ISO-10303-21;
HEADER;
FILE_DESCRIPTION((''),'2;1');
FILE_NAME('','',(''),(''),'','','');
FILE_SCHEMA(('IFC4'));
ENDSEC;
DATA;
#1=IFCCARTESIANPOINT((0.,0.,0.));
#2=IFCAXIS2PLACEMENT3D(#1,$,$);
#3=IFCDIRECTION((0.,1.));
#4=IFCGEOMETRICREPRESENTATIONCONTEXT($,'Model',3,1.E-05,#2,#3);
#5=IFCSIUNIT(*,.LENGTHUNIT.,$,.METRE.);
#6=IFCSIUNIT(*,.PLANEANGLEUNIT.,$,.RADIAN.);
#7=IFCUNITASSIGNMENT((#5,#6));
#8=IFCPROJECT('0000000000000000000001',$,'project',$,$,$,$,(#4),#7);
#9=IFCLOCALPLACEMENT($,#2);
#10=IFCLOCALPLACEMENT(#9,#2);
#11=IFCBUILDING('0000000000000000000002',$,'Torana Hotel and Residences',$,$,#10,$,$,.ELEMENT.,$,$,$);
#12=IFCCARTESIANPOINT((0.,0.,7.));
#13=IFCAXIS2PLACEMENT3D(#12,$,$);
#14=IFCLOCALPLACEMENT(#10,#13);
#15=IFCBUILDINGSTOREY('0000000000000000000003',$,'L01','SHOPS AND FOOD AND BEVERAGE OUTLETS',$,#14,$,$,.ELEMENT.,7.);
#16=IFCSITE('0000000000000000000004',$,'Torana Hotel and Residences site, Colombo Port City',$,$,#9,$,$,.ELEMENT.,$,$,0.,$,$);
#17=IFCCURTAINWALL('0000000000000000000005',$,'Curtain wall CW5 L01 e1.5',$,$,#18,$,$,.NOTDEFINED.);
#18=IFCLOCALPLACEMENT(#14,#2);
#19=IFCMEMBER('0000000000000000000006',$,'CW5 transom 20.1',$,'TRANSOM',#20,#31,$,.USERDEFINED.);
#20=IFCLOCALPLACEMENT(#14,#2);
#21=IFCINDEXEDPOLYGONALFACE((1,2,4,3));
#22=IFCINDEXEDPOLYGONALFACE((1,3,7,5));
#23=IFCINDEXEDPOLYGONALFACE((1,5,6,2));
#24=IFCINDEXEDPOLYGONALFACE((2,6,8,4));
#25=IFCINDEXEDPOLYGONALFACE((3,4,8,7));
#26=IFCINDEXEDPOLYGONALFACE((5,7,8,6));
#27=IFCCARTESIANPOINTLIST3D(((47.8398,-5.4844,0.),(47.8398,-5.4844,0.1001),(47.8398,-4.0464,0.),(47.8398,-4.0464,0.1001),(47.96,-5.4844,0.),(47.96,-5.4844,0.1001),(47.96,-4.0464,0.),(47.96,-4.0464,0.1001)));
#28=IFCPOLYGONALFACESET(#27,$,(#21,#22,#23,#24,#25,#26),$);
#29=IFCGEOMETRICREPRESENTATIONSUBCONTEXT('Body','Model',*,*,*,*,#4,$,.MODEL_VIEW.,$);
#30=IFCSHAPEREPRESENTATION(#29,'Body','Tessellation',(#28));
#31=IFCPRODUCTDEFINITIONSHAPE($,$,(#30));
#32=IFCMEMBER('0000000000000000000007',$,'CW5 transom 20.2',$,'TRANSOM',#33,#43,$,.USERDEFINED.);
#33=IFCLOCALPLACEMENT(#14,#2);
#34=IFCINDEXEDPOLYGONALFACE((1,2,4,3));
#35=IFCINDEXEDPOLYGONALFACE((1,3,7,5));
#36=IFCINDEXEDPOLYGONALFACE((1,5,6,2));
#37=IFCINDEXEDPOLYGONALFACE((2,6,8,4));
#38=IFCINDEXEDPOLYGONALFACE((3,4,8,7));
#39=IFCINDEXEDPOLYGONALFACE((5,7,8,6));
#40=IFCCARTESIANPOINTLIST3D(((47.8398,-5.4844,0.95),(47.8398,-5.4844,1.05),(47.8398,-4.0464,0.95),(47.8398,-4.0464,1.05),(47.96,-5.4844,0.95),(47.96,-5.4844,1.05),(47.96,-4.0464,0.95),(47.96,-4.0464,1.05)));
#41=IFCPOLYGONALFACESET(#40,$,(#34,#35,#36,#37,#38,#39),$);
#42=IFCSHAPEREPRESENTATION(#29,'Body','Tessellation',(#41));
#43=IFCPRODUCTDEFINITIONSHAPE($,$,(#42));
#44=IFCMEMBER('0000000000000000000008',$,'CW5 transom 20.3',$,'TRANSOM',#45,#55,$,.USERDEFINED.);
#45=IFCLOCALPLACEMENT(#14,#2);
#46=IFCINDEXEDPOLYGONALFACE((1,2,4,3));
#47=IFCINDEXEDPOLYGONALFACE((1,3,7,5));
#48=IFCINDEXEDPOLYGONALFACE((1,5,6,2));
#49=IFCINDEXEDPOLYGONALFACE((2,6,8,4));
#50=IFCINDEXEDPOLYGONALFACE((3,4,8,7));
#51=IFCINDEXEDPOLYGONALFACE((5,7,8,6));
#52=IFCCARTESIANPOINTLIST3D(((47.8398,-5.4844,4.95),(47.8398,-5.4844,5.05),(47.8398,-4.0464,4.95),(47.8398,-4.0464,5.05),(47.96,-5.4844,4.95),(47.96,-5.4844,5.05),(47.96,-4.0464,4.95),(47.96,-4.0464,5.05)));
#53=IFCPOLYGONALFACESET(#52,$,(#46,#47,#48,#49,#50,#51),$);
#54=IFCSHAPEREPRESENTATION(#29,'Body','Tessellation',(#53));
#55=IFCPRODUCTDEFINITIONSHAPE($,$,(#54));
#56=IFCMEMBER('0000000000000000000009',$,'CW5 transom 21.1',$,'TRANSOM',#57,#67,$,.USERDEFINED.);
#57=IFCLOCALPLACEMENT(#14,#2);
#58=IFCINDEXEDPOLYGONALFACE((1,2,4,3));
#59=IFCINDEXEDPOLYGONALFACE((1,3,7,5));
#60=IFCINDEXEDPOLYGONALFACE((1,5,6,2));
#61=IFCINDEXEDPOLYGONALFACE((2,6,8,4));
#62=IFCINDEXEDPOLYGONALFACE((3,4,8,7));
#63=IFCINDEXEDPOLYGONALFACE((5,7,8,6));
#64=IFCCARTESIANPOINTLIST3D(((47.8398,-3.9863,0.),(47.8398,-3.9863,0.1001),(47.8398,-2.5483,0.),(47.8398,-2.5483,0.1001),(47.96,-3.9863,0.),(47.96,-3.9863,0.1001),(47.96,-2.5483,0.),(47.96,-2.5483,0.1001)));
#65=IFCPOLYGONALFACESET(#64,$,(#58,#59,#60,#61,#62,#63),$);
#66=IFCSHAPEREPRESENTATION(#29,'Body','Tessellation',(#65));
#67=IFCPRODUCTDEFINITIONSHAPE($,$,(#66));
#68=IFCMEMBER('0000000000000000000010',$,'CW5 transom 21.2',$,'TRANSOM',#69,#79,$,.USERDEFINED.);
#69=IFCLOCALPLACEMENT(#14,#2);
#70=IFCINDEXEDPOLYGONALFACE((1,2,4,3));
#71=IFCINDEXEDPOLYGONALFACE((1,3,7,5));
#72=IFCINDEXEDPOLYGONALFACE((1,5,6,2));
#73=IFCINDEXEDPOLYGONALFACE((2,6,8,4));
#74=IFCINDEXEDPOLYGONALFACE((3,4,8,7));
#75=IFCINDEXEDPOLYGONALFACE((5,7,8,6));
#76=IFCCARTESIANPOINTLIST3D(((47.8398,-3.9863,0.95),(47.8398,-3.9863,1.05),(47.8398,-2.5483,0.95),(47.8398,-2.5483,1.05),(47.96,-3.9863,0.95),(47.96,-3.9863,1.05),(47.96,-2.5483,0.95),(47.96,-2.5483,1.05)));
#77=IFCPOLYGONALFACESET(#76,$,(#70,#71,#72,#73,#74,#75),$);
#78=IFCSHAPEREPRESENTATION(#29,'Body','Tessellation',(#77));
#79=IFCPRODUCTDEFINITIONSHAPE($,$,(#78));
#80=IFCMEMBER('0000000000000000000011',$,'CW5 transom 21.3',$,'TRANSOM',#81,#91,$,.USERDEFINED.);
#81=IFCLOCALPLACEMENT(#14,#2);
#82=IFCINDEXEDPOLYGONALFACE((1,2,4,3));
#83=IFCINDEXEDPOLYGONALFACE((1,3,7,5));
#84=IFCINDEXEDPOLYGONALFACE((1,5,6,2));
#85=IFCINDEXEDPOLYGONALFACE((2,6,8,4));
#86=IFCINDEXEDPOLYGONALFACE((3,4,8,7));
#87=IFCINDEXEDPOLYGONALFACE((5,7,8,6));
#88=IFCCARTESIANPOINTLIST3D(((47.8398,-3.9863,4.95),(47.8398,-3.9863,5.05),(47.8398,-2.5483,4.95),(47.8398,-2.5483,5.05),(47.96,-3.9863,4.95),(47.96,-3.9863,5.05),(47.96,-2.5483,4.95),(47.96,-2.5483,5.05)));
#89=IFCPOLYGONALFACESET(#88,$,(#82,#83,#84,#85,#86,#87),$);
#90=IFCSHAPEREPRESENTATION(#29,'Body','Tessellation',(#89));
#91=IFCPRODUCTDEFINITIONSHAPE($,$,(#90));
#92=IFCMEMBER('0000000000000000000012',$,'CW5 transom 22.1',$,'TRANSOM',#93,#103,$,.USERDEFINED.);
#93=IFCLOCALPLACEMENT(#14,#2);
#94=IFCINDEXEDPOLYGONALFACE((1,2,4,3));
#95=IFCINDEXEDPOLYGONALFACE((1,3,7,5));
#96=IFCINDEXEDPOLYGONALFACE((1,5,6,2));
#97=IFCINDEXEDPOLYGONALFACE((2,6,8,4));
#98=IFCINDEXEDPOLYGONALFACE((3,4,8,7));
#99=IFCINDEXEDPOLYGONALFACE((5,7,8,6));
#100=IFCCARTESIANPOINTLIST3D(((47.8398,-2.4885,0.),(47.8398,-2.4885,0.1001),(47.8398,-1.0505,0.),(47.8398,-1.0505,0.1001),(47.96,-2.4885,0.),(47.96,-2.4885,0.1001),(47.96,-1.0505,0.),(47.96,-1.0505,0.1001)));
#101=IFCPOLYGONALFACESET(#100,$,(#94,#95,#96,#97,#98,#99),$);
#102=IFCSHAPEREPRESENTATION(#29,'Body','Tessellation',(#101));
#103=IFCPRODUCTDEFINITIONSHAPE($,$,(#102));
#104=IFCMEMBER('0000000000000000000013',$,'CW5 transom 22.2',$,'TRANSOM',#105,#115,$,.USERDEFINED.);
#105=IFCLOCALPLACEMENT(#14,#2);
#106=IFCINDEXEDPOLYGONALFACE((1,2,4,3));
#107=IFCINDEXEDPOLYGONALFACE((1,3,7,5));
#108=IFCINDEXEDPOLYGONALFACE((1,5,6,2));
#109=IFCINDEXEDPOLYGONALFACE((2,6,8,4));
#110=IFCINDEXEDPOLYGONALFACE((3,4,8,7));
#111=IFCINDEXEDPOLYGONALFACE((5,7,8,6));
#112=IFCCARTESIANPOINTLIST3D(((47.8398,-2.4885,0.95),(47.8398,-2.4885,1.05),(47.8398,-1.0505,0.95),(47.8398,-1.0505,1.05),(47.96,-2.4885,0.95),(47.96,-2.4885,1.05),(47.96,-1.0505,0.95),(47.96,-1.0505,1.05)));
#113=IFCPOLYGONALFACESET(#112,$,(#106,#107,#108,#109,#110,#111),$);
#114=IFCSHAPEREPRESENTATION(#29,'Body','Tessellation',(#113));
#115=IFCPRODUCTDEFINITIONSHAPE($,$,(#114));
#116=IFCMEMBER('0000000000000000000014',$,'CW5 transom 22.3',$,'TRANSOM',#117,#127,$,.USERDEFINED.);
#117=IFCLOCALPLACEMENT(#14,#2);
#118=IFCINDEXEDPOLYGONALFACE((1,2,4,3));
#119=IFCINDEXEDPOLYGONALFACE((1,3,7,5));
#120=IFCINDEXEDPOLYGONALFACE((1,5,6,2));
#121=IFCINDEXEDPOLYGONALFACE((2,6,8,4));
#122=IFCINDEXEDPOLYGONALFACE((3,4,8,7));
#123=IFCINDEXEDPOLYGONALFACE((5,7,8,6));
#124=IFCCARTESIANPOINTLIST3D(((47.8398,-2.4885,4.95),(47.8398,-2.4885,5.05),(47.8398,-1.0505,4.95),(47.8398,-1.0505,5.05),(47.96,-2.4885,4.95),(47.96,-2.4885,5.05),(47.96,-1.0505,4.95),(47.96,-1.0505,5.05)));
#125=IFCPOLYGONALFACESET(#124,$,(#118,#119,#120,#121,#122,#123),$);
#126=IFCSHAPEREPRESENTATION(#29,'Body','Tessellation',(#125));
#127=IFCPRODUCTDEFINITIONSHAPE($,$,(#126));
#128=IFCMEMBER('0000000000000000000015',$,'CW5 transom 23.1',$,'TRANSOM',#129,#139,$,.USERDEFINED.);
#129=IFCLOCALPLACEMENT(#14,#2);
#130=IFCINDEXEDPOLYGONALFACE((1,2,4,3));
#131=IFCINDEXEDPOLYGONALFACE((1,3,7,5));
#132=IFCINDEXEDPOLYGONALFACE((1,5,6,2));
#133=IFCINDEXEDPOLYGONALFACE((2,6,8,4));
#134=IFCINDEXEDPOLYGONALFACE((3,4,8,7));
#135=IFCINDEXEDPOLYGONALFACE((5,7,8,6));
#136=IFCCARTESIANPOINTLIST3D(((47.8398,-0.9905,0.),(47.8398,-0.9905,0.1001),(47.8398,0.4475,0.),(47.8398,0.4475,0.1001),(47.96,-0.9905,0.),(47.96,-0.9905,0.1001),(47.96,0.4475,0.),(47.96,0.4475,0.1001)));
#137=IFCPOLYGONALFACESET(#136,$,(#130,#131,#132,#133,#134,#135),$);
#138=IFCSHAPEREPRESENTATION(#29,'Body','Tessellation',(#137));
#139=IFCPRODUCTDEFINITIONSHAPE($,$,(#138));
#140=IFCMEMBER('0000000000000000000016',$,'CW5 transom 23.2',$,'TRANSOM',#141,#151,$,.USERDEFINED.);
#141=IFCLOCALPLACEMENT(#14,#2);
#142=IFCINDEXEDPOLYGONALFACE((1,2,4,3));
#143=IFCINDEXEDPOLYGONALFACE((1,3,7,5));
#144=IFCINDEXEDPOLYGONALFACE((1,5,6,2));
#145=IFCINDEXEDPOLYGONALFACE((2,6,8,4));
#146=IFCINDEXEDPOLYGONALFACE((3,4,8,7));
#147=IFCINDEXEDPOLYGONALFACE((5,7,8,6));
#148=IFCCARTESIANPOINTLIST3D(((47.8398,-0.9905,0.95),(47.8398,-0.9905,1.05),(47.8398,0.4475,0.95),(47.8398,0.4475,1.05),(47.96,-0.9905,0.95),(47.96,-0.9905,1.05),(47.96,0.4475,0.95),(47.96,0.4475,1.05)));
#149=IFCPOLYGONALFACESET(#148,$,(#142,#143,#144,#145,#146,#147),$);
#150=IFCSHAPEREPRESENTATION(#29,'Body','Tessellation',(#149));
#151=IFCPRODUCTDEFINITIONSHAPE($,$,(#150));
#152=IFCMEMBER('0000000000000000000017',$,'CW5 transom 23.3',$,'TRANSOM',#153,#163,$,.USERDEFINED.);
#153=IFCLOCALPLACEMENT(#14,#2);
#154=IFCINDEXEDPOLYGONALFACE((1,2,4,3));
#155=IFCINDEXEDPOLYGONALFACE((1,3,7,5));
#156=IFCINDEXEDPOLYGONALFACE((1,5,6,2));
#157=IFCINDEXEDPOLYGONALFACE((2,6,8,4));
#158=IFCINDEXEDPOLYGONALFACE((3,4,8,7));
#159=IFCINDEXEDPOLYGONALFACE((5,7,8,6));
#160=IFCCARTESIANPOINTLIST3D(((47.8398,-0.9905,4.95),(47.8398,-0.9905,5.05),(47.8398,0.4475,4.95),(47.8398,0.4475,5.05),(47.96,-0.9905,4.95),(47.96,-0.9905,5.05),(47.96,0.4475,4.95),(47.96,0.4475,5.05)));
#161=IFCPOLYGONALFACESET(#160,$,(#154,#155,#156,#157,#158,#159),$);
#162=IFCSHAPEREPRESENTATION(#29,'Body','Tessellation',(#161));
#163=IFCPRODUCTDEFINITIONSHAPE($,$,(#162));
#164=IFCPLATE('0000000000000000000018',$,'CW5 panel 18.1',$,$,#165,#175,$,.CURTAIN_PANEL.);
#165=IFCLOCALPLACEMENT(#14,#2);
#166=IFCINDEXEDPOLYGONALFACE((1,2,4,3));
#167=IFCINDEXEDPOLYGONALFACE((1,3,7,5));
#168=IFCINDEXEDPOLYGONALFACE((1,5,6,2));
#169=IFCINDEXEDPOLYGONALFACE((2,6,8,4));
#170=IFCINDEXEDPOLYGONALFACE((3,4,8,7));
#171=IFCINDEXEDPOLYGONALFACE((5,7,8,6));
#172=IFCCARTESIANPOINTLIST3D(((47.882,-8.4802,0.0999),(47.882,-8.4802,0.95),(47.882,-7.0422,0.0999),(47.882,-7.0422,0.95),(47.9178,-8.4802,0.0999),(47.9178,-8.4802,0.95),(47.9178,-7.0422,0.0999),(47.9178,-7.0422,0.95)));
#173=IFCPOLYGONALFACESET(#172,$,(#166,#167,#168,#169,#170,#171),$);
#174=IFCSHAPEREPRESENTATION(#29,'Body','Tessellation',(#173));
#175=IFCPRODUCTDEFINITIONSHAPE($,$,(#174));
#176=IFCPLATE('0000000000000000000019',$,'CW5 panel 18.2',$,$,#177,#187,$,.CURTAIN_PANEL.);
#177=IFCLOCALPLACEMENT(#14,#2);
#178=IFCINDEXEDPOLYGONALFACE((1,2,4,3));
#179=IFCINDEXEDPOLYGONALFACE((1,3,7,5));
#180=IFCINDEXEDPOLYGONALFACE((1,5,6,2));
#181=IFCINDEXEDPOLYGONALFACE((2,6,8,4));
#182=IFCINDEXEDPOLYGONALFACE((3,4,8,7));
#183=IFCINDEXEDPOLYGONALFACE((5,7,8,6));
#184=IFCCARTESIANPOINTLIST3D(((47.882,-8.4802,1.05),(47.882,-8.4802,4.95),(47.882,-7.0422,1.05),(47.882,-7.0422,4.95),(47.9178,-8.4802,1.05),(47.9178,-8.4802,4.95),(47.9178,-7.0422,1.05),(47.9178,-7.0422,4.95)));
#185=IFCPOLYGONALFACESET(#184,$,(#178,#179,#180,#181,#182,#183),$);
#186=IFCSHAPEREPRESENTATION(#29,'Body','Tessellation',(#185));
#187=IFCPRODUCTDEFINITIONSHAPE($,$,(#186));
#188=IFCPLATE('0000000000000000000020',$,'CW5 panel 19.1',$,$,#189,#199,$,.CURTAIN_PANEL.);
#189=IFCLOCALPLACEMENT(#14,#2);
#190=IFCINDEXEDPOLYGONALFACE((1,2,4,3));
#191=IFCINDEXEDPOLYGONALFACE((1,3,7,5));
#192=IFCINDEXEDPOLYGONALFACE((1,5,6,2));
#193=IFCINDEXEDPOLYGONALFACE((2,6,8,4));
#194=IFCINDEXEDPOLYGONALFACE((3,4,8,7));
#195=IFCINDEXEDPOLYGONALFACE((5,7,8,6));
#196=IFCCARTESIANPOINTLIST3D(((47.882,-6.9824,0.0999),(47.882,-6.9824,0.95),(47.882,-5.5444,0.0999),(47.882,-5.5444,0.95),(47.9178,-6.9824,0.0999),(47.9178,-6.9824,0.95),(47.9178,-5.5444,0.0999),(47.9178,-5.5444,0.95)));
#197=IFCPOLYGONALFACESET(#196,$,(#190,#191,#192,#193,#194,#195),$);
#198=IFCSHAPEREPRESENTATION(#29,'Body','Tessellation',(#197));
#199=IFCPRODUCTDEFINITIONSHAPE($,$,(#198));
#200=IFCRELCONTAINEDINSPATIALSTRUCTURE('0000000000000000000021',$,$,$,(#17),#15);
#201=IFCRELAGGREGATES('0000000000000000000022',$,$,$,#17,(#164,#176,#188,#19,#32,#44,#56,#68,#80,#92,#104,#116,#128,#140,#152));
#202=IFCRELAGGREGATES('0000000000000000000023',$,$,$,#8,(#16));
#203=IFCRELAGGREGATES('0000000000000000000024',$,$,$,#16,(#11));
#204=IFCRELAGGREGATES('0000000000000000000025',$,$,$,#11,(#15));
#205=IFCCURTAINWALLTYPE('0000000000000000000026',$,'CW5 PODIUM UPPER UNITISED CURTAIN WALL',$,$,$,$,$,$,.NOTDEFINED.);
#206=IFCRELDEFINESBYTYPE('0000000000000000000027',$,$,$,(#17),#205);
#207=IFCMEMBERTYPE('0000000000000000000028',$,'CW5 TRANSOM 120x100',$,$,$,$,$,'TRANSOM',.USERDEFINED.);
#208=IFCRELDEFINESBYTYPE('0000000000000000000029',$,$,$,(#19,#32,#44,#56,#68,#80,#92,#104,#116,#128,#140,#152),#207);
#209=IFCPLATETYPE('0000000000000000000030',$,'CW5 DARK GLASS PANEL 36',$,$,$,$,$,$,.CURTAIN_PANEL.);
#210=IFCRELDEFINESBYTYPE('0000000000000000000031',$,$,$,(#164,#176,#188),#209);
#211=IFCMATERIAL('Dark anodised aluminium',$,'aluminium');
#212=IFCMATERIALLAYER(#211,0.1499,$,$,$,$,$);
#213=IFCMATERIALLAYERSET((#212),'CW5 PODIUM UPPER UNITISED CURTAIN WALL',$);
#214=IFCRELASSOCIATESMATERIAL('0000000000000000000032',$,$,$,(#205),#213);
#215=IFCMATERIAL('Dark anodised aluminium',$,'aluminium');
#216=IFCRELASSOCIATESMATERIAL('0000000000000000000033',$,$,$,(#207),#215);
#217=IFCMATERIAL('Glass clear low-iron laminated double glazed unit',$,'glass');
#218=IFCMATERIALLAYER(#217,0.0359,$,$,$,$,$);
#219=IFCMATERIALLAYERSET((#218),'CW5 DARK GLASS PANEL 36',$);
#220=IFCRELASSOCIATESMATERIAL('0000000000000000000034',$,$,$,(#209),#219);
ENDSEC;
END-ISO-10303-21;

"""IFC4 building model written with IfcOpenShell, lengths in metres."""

from ifc_helpers import new_model, si_unit, direction, frame, origin, origin_2d, place, context, subcontext, project, spatial, rectangle, extrude, material, layer, layer_set, material_profile, profile_set, type_object, element, aggregate, save


model = new_model("IFC4")

# Units and contexts
model_context = context("Model", 3, precision=1e-05, world=origin(), true_north=direction((0.0, 1.0)))
body_context = subcontext(model_context, "Body", "Model", "MODEL_VIEW")
ifc_project = project(units=[si_unit("LENGTHUNIT", "METRE"), si_unit("PLANEANGLEUNIT", "RADIAN")], contexts=[model_context])

# Site, building, storey
site_placement = place(None, origin())
site = spatial("IfcSite", under=ifc_project, at=site_placement, Name="Torana Hotel and Residences site, Colombo Port City", CompositionType="ELEMENT", RefElevation=0.0)
building_placement = place(site_placement, origin())
building = spatial("IfcBuilding", under=site, at=building_placement, Name="Torana Hotel and Residences", CompositionType="ELEMENT")
storey_placement = place(building_placement, frame((0.0, 0.0, 7.0)))
storey = spatial("IfcBuildingStorey", under=building, at=storey_placement, Name="L01", Description="SHOPS AND FOOD AND BEVERAGE OUTLETS", CompositionType="ELEMENT", Elevation=7.0)

# Curtain wall, members, plates
ifc_material_1 = material(Name="Dark anodised aluminium", Category="aluminium")
ifc_layer_1 = layer(ifc_material_1, 0.1499)
ifc_layer_set_1 = layer_set([ifc_layer_1], Name="CW5 PODIUM UPPER UNITISED CURTAIN WALL")
curtain_wall_type = type_object("IfcCurtainWallType", Name="CW5 PODIUM UPPER UNITISED CURTAIN WALL", PredefinedType="NOTDEFINED", material=ifc_layer_set_1)
curtain_wall_placement = place(storey_placement, origin())
curtain_wall = element("IfcCurtainWall", 1, at=curtain_wall_placement, inside=storey, type_object=curtain_wall_type, Name="Curtain wall CW5 L01 e1.5", PredefinedType="NOTDEFINED")
ifc_material_2 = material(Name="Dark anodised aluminium", Category="aluminium")
ifc_material_profile_1 = material_profile(ifc_material_2, rectangle(XDim=0.1201, YDim=0.1001, at=origin_2d()), Name="CW5 TRANSOM 120x100")
ifc_profile_set_1 = profile_set([ifc_material_profile_1], Name="Dark anodised aluminium")
member_type_1 = type_object("IfcMemberType", Name="CW5 TRANSOM 120x100", ElementType="TRANSOM", PredefinedType="USERDEFINED", material=ifc_profile_set_1)
member_1_placement = place(storey_placement, frame((47.8999, -5.4844, 0.05), z_axis=(0.0, 1.0, 0.0), x_axis=(-1.0, 0.0, 0.0)))
member_1 = element("IfcMember", 2, at=member_1_placement, type_object=member_type_1, Name="CW5 transom 20.1", ObjectType="TRANSOM", PredefinedType="USERDEFINED", context=body_context, shape_type="SweptSolid", body=[
    extrude(rectangle(XDim=0.1201, YDim=0.1001, at=origin_2d()), origin(), (0.0, 0.0, 1.0), 1.438),
])
member_2_placement = place(storey_placement, frame((47.8999, -5.4844, 1.0), z_axis=(0.0, 1.0, 0.0), x_axis=(-1.0, 0.0, 0.0)))
member_2 = element("IfcMember", 3, at=member_2_placement, type_object=member_type_1, Name="CW5 transom 20.2", ObjectType="TRANSOM", PredefinedType="USERDEFINED", context=body_context, shape_type="SweptSolid", body=[
    extrude(rectangle(XDim=0.1201, YDim=0.1001, at=origin_2d()), origin(), (0.0, 0.0, 1.0), 1.438),
])
member_3_placement = place(storey_placement, frame((47.8999, -5.4844, 5.0), z_axis=(0.0, 1.0, 0.0), x_axis=(-1.0, 0.0, 0.0)))
member_3 = element("IfcMember", 4, at=member_3_placement, type_object=member_type_1, Name="CW5 transom 20.3", ObjectType="TRANSOM", PredefinedType="USERDEFINED", context=body_context, shape_type="SweptSolid", body=[
    extrude(rectangle(XDim=0.1201, YDim=0.1001, at=origin_2d()), origin(), (0.0, 0.0, 1.0), 1.438),
])
member_4_placement = place(storey_placement, frame((47.8999, -3.9863, 0.05), z_axis=(0.0, 1.0, 0.0), x_axis=(-1.0, 0.0, 0.0)))
member_4 = element("IfcMember", 5, at=member_4_placement, type_object=member_type_1, Name="CW5 transom 21.1", ObjectType="TRANSOM", PredefinedType="USERDEFINED", context=body_context, shape_type="SweptSolid", body=[
    extrude(rectangle(XDim=0.1201, YDim=0.1001, at=origin_2d()), origin(), (0.0, 0.0, 1.0), 1.438),
])
member_5_placement = place(storey_placement, frame((47.8999, -3.9863, 1.0), z_axis=(0.0, 1.0, 0.0), x_axis=(-1.0, 0.0, 0.0)))
member_5 = element("IfcMember", 6, at=member_5_placement, type_object=member_type_1, Name="CW5 transom 21.2", ObjectType="TRANSOM", PredefinedType="USERDEFINED", context=body_context, shape_type="SweptSolid", body=[
    extrude(rectangle(XDim=0.1201, YDim=0.1001, at=origin_2d()), origin(), (0.0, 0.0, 1.0), 1.438),
])
member_6_placement = place(storey_placement, frame((47.8999, -3.9863, 5.0), z_axis=(0.0, 1.0, 0.0), x_axis=(-1.0, 0.0, 0.0)))
member_6 = element("IfcMember", 7, at=member_6_placement, type_object=member_type_1, Name="CW5 transom 21.3", ObjectType="TRANSOM", PredefinedType="USERDEFINED", context=body_context, shape_type="SweptSolid", body=[
    extrude(rectangle(XDim=0.1201, YDim=0.1001, at=origin_2d()), origin(), (0.0, 0.0, 1.0), 1.438),
])
member_7_placement = place(storey_placement, frame((47.8999, -2.4885, 0.05), z_axis=(0.0, 1.0, 0.0), x_axis=(-1.0, 0.0, 0.0)))
member_7 = element("IfcMember", 8, at=member_7_placement, type_object=member_type_1, Name="CW5 transom 22.1", ObjectType="TRANSOM", PredefinedType="USERDEFINED", context=body_context, shape_type="SweptSolid", body=[
    extrude(rectangle(XDim=0.1201, YDim=0.1001, at=origin_2d()), origin(), (0.0, 0.0, 1.0), 1.438),
])
member_8_placement = place(storey_placement, frame((47.8999, -2.4885, 1.0), z_axis=(0.0, 1.0, 0.0), x_axis=(-1.0, 0.0, 0.0)))
member_8 = element("IfcMember", 9, at=member_8_placement, type_object=member_type_1, Name="CW5 transom 22.2", ObjectType="TRANSOM", PredefinedType="USERDEFINED", context=body_context, shape_type="SweptSolid", body=[
    extrude(rectangle(XDim=0.1201, YDim=0.1001, at=origin_2d()), origin(), (0.0, 0.0, 1.0), 1.438),
])
member_9_placement = place(storey_placement, frame((47.8999, -2.4885, 5.0), z_axis=(0.0, 1.0, 0.0), x_axis=(-1.0, 0.0, 0.0)))
member_9 = element("IfcMember", 10, at=member_9_placement, type_object=member_type_1, Name="CW5 transom 22.3", ObjectType="TRANSOM", PredefinedType="USERDEFINED", context=body_context, shape_type="SweptSolid", body=[
    extrude(rectangle(XDim=0.1201, YDim=0.1001, at=origin_2d()), origin(), (0.0, 0.0, 1.0), 1.438),
])
member_10_placement = place(storey_placement, frame((47.8999, -0.9905, 0.05), z_axis=(0.0, 1.0, 0.0), x_axis=(-1.0, 0.0, 0.0)))
member_10 = element("IfcMember", 11, at=member_10_placement, type_object=member_type_1, Name="CW5 transom 23.1", ObjectType="TRANSOM", PredefinedType="USERDEFINED", context=body_context, shape_type="SweptSolid", body=[
    extrude(rectangle(XDim=0.1201, YDim=0.1001, at=origin_2d()), origin(), (0.0, 0.0, 1.0), 1.438),
])
member_11_placement = place(storey_placement, frame((47.8999, -0.9905, 1.0), z_axis=(0.0, 1.0, 0.0), x_axis=(-1.0, 0.0, 0.0)))
member_11 = element("IfcMember", 12, at=member_11_placement, type_object=member_type_1, Name="CW5 transom 23.2", ObjectType="TRANSOM", PredefinedType="USERDEFINED", context=body_context, shape_type="SweptSolid", body=[
    extrude(rectangle(XDim=0.1201, YDim=0.1001, at=origin_2d()), origin(), (0.0, 0.0, 1.0), 1.438),
])
member_12_placement = place(storey_placement, frame((47.8999, -0.9905, 5.0), z_axis=(0.0, 1.0, 0.0), x_axis=(-1.0, 0.0, 0.0)))
member_12 = element("IfcMember", 13, at=member_12_placement, type_object=member_type_1, Name="CW5 transom 23.3", ObjectType="TRANSOM", PredefinedType="USERDEFINED", context=body_context, shape_type="SweptSolid", body=[
    extrude(rectangle(XDim=0.1201, YDim=0.1001, at=origin_2d()), origin(), (0.0, 0.0, 1.0), 1.438),
])
ifc_material_3 = material(Name="Glass clear low-iron laminated double glazed unit", Category="glass")
ifc_layer_2 = layer(ifc_material_3, 0.0359)
ifc_layer_set_2 = layer_set([ifc_layer_2], Name="CW5 DARK GLASS PANEL 36")
plate_type = type_object("IfcPlateType", Name="CW5 DARK GLASS PANEL 36", PredefinedType="CURTAIN_PANEL", material=ifc_layer_set_2)
plate_1_placement = place(storey_placement, frame((47.8999, -7.7612, 0.0999), z_axis=(0.0, 0.0, 1.0), x_axis=(0.0, 1.0, 0.0)))
plate_1 = element("IfcPlate", 14, at=plate_1_placement, type_object=plate_type, Name="CW5 panel 18.1", PredefinedType="CURTAIN_PANEL", context=body_context, shape_type="SweptSolid", body=[
    extrude(rectangle(XDim=1.438, YDim=0.0359, at=origin_2d()), origin(), (0.0, 0.0, 1.0), 0.8501),
])
plate_2_placement = place(storey_placement, frame((47.8999, -7.7612, 1.05), z_axis=(0.0, 0.0, 1.0), x_axis=(0.0, 1.0, 0.0)))
plate_2 = element("IfcPlate", 15, at=plate_2_placement, type_object=plate_type, Name="CW5 panel 18.2", PredefinedType="CURTAIN_PANEL", context=body_context, shape_type="SweptSolid", body=[
    extrude(rectangle(XDim=1.438, YDim=0.0359, at=origin_2d()), origin(), (0.0, 0.0, 1.0), 3.8999),
])
plate_3_placement = place(storey_placement, frame((47.8999, -6.2634, 0.0999), z_axis=(0.0, 0.0, 1.0), x_axis=(0.0, 1.0, 0.0)))
plate_3 = element("IfcPlate", 16, at=plate_3_placement, type_object=plate_type, Name="CW5 panel 19.1", PredefinedType="CURTAIN_PANEL", context=body_context, shape_type="SweptSolid", body=[
    extrude(rectangle(XDim=1.438, YDim=0.0359, at=origin_2d()), origin(), (0.0, 0.0, 1.0), 0.8501),
])
aggregate(curtain_wall, [plate_1, plate_2, plate_3, member_1, member_2, member_3, member_4, member_5, member_6, member_7, member_8, member_9, member_10, member_11, member_12])

save(model, "model.ifc")
